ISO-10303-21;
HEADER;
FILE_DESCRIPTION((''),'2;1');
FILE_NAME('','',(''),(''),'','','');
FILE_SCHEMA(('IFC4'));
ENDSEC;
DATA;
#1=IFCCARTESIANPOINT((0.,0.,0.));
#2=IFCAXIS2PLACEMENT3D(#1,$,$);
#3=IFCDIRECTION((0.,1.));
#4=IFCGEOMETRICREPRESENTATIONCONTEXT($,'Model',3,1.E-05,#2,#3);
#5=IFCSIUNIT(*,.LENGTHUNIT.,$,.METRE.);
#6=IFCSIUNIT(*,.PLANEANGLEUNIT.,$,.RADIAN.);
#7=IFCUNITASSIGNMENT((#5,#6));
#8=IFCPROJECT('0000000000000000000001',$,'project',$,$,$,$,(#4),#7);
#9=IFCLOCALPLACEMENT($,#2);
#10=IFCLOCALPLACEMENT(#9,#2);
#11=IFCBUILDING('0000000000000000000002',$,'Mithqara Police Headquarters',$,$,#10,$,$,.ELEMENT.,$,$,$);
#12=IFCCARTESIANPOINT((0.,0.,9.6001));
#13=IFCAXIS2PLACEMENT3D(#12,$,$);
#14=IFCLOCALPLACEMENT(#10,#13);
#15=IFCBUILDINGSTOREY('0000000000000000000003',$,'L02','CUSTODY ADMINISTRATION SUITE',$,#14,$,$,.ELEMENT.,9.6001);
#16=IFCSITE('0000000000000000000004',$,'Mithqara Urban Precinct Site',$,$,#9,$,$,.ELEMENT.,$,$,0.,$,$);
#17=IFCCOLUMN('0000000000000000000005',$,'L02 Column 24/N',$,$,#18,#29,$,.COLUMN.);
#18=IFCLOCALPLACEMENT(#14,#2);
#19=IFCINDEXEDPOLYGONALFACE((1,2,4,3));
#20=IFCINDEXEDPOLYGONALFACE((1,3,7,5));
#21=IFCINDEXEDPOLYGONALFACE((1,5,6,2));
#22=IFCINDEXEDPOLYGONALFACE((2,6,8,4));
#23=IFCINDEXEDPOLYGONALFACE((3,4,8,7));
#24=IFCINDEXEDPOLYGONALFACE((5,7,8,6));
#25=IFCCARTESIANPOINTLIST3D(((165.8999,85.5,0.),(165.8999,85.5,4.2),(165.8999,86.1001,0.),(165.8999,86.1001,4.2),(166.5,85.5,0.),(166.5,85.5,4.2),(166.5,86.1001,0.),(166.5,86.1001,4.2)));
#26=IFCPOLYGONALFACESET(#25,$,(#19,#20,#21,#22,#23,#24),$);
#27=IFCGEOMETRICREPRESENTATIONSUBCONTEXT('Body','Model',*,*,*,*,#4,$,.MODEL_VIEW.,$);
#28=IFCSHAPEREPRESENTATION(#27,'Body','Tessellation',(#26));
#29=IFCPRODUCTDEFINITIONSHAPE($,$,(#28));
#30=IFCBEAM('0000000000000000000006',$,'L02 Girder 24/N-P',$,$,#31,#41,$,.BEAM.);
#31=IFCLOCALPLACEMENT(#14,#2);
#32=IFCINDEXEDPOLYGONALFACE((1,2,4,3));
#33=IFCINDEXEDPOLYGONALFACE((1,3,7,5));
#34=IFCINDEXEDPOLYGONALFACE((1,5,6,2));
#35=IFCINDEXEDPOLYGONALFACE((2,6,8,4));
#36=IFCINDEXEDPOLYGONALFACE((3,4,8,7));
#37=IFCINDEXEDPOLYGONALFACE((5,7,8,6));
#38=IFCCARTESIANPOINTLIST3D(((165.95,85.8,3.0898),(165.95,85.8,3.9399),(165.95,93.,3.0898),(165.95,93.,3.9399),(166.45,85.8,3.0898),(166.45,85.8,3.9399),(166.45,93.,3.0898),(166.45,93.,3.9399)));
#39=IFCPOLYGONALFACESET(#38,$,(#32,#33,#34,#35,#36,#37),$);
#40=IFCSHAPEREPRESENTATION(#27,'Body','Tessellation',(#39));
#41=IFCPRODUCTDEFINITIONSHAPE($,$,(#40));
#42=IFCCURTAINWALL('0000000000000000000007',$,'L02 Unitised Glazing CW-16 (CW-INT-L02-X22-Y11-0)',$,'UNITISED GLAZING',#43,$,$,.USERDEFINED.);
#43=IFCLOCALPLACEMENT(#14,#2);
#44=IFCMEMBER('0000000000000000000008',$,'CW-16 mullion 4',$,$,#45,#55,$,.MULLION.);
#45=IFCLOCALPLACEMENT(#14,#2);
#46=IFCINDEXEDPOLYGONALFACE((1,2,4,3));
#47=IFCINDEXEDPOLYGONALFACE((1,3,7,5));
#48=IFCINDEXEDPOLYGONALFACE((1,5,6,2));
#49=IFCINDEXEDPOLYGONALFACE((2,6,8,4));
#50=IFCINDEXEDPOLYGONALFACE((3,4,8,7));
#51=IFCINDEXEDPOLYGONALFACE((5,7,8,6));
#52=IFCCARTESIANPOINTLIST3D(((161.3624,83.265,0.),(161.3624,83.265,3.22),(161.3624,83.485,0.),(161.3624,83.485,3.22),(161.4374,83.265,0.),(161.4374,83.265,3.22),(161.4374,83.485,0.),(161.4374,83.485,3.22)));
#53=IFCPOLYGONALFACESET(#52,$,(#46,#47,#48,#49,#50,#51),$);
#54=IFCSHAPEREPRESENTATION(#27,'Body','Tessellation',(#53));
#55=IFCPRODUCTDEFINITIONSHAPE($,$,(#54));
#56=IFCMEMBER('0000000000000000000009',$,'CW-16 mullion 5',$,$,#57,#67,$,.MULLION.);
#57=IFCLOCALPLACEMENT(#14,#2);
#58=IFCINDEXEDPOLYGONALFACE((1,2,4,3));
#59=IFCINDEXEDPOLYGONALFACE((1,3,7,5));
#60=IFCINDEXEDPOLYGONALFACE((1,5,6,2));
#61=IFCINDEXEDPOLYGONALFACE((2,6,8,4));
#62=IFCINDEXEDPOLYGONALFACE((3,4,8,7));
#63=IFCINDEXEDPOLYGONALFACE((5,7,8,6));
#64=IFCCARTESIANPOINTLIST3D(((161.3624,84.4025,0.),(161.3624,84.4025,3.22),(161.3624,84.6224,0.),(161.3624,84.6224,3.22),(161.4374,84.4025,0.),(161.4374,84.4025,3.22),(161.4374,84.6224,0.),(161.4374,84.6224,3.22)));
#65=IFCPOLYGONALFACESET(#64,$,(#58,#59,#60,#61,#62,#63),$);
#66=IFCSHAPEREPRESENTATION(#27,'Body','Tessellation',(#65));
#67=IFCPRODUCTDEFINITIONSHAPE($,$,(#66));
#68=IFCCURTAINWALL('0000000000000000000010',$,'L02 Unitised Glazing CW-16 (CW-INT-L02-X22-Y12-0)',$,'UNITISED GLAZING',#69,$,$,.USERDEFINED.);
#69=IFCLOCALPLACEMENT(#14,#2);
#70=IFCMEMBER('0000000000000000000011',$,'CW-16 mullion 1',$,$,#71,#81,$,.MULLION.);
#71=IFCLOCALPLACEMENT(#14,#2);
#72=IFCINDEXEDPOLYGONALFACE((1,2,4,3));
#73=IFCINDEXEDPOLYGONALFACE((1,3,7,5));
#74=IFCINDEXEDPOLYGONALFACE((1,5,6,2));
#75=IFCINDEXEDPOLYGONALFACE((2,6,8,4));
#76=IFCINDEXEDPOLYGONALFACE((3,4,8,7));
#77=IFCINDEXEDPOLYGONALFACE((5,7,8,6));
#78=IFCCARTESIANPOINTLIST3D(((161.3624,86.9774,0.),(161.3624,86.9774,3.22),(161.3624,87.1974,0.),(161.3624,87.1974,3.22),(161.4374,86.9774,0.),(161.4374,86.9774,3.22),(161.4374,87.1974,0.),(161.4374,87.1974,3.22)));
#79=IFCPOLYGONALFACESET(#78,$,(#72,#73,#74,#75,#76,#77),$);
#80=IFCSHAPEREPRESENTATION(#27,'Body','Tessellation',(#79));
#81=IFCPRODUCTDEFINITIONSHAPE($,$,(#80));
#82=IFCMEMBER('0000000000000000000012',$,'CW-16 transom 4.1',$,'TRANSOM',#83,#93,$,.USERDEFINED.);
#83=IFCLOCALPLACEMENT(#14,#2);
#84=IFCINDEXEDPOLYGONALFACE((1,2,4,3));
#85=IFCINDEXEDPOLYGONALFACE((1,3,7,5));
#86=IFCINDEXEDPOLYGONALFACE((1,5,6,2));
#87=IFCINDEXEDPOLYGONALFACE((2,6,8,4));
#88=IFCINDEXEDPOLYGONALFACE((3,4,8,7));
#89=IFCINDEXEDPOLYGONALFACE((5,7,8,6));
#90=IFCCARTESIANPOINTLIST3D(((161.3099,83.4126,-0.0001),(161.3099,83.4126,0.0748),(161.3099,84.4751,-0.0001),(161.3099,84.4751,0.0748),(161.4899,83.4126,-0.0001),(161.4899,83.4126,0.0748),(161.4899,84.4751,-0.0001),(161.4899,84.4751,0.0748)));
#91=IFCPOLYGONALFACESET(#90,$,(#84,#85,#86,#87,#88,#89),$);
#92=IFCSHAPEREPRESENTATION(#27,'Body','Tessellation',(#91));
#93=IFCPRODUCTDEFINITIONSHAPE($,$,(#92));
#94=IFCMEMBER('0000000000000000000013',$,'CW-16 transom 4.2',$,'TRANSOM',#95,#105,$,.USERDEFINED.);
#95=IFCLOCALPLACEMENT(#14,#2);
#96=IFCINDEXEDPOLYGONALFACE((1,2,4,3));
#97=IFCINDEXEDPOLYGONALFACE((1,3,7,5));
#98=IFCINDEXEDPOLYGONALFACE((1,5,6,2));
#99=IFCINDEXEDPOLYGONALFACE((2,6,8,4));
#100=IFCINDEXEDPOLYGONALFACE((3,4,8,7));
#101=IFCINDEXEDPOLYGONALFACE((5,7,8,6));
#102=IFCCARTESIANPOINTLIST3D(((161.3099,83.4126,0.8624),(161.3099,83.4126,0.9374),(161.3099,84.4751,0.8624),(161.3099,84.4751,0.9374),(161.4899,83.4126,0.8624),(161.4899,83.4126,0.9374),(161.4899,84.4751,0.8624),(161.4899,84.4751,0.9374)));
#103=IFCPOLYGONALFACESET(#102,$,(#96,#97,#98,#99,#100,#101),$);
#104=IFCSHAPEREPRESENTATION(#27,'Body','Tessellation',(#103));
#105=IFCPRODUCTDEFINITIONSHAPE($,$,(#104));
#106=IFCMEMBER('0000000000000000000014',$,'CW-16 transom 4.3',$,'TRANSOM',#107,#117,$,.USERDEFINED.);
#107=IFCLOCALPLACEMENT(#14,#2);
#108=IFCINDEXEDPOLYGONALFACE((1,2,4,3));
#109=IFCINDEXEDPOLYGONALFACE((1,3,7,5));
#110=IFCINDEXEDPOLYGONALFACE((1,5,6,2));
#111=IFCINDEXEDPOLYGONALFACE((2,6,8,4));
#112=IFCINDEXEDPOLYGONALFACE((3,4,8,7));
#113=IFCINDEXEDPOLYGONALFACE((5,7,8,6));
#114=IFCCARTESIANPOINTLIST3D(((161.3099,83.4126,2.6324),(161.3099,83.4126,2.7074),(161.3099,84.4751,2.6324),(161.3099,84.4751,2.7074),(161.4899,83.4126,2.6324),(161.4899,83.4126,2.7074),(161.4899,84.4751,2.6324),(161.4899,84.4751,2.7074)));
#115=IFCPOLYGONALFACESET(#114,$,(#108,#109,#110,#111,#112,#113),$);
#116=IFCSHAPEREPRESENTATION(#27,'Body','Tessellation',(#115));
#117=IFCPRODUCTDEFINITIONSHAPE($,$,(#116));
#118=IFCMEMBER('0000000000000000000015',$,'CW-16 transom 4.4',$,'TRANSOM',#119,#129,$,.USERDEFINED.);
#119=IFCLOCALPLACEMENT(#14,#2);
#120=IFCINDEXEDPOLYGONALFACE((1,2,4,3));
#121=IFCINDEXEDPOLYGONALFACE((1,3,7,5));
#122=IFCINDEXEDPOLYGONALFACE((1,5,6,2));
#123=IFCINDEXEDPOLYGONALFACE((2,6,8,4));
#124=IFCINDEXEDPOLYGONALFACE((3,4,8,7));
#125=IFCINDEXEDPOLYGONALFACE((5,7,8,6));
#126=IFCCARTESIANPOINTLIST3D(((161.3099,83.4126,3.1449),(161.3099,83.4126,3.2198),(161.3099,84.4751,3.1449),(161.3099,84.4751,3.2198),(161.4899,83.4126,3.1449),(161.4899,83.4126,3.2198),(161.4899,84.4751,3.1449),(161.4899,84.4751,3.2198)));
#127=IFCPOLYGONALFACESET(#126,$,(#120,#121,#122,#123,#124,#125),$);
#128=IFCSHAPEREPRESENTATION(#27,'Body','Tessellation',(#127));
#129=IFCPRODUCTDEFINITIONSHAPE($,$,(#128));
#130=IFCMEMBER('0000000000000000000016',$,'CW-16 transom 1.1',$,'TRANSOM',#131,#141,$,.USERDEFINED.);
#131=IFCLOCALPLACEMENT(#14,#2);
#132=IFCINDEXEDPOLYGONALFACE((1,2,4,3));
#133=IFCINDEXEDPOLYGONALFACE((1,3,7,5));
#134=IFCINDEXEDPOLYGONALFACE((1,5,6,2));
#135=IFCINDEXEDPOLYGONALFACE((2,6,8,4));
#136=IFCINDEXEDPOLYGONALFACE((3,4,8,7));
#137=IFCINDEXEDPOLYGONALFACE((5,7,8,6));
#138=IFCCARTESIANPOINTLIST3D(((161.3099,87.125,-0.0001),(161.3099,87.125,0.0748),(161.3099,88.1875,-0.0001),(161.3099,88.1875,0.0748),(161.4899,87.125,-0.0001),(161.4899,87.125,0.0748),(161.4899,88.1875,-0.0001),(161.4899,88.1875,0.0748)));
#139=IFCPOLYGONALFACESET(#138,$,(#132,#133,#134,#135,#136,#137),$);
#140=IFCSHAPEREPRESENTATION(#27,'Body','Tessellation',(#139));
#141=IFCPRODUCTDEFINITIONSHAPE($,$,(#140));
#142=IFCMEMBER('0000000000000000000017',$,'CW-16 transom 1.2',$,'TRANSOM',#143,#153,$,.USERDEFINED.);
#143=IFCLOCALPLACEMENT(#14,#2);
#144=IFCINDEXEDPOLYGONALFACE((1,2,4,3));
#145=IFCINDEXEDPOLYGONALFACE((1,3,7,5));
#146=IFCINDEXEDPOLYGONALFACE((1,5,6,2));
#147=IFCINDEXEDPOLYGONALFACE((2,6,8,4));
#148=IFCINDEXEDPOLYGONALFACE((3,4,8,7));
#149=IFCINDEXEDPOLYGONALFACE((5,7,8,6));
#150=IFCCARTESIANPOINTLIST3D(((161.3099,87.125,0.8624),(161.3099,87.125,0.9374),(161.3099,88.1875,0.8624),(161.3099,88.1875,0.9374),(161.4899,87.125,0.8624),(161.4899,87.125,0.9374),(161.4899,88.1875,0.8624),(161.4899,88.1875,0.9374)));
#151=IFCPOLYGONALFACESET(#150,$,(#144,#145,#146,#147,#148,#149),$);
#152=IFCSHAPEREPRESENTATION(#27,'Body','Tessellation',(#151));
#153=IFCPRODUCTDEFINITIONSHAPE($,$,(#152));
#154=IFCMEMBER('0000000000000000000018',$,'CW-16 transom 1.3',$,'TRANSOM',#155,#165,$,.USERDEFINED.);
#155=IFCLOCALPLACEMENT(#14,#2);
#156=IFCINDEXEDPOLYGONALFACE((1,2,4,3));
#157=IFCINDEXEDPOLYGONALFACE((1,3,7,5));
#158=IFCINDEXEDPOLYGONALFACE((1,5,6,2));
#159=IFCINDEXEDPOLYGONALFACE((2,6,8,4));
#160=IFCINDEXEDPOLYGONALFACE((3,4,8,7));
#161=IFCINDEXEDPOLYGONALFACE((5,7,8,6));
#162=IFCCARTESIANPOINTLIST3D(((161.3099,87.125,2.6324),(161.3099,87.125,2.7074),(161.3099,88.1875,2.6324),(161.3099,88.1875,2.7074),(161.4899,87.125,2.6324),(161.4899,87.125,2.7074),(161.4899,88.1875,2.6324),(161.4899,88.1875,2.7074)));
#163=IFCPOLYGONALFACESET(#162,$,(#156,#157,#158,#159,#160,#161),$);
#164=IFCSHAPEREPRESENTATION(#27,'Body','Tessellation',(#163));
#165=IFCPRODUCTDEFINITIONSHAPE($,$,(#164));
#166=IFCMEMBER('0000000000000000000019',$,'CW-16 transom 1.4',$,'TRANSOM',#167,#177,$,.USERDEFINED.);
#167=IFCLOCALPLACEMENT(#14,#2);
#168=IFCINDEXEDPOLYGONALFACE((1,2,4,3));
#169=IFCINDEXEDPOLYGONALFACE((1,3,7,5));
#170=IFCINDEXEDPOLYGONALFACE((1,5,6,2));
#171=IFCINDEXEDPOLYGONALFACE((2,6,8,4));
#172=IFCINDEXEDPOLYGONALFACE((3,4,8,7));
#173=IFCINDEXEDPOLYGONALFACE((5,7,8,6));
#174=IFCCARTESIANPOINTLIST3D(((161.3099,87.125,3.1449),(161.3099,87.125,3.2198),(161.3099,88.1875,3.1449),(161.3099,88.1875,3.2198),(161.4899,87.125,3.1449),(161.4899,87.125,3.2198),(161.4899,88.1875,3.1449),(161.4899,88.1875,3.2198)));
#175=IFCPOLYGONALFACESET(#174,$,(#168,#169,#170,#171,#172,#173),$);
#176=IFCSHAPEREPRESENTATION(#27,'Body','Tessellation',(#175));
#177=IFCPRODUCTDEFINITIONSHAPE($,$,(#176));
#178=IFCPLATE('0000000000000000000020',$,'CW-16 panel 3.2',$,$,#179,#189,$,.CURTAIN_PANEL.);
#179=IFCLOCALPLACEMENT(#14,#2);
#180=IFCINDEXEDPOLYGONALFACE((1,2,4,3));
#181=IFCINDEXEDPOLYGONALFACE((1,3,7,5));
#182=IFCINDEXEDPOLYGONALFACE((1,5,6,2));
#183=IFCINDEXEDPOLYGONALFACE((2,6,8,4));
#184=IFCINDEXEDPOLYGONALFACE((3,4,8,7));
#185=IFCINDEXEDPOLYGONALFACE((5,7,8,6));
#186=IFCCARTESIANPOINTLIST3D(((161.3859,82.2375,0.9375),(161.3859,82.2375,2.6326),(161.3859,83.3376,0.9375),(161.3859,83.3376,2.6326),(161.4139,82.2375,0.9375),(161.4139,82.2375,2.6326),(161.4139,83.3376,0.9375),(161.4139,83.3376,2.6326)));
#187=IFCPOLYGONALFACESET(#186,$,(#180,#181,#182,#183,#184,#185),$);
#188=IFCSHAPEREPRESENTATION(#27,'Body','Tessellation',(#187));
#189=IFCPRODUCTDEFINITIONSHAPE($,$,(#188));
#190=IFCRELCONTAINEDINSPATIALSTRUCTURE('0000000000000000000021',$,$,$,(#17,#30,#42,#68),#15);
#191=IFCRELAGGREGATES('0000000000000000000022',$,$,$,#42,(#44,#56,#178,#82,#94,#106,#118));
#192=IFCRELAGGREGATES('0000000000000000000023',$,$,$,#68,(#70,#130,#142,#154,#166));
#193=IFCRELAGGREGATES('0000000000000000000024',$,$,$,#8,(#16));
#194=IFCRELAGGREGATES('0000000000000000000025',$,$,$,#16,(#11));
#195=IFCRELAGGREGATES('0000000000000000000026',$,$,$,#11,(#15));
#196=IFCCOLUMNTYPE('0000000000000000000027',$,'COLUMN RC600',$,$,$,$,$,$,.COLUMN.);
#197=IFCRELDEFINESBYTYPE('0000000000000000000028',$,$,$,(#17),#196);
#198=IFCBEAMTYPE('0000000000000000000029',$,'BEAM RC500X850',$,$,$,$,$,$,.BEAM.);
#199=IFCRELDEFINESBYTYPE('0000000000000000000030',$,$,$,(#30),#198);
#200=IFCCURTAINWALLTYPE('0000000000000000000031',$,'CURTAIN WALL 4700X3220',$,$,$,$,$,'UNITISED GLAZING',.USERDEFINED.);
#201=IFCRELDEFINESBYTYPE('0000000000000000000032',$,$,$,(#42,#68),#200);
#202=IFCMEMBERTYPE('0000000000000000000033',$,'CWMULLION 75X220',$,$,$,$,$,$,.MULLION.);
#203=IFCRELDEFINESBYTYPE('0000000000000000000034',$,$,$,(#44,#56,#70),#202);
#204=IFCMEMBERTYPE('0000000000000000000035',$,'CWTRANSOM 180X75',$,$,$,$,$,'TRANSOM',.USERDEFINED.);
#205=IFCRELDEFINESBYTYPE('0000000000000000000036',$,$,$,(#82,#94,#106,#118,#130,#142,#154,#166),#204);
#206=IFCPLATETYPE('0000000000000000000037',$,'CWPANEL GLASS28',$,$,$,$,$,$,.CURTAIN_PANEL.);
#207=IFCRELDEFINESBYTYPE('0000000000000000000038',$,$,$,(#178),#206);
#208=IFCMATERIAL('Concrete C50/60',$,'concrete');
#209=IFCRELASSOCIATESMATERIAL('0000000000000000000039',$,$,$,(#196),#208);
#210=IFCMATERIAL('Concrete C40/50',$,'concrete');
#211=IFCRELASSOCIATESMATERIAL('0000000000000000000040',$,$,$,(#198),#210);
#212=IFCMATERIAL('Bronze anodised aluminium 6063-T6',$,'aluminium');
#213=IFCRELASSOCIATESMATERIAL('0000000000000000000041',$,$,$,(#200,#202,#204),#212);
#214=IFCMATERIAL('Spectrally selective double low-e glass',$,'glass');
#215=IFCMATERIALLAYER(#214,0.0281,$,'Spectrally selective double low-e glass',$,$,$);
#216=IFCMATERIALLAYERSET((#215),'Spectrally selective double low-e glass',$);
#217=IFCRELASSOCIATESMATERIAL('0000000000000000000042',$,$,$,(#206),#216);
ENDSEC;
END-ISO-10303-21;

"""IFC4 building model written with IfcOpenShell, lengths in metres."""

from ifc_helpers import new_model, si_unit, direction, frame, origin, origin_2d, place, context, subcontext, project, spatial, rectangle, extrude, material, layer, layer_set, material_profile, profile_set, type_object, element, aggregate, save


model = new_model("IFC4")

# Units and contexts
model_context = context("Model", 3, precision=1e-05, world=origin(), true_north=direction((0.0, 1.0)))
body_context = subcontext(model_context, "Body", "Model", "MODEL_VIEW")
ifc_project = project(units=[si_unit("LENGTHUNIT", "METRE"), si_unit("PLANEANGLEUNIT", "RADIAN")], contexts=[model_context])

# Site, building, storey
site_placement = place(None, origin())
site = spatial("IfcSite", under=ifc_project, at=site_placement, Name="Mithqara Urban Precinct Site", CompositionType="ELEMENT", RefElevation=0.0)
building_placement = place(site_placement, origin())
building = spatial("IfcBuilding", under=site, at=building_placement, Name="Mithqara Police Headquarters", CompositionType="ELEMENT")
storey_placement = place(building_placement, frame((0.0, 0.0, 9.6001)))
storey = spatial("IfcBuildingStorey", under=building, at=storey_placement, Name="L02", Description="CUSTODY ADMINISTRATION SUITE", CompositionType="ELEMENT", Elevation=9.6001)

# Column
ifc_material_1 = material(Name="Concrete C50/60", Category="concrete")
ifc_material_profile_1 = material_profile(ifc_material_1, rectangle(XDim=0.6001, YDim=0.6001, at=origin_2d()), Name="RC 600x600")
ifc_profile_set_1 = profile_set([ifc_material_profile_1], Name="Concrete C50/60")
column_type = type_object("IfcColumnType", Name="COLUMN RC600", PredefinedType="COLUMN", material=ifc_profile_set_1)
column_placement = place(storey_placement, frame((166.2, 85.8, 0.0), z_axis=(0.0, 0.0, 1.0), x_axis=(1.0, 0.0, 0.0)))
element("IfcColumn", 1, at=column_placement, inside=storey, type_object=column_type, Name="L02 Column 24/N", PredefinedType="COLUMN", context=body_context, shape_type="SweptSolid", body=[
    extrude(rectangle(XDim=0.6001, YDim=0.6001, at=origin_2d()), origin(), (0.0, 0.0, 1.0), 4.2),
])

# Beam
ifc_material_2 = material(Name="Concrete C40/50", Category="concrete")
ifc_material_profile_2 = material_profile(ifc_material_2, rectangle(XDim=0.5, YDim=0.8501, at=origin_2d()), Name="RC 500x850")
ifc_profile_set_2 = profile_set([ifc_material_profile_2], Name="Concrete C40/50")
beam_type = type_object("IfcBeamType", Name="BEAM RC500X850", PredefinedType="BEAM", material=ifc_profile_set_2)
beam_placement = place(storey_placement, frame((166.2, 85.8, 3.5149), z_axis=(0.0, 1.0, 0.0), x_axis=(-1.0, 0.0, 0.0)))
element("IfcBeam", 2, at=beam_placement, inside=storey, type_object=beam_type, Name="L02 Girder 24/N-P", PredefinedType="BEAM", context=body_context, shape_type="SweptSolid", body=[
    extrude(rectangle(XDim=0.5, YDim=0.8501, at=origin_2d()), origin(), (0.0, 0.0, 1.0), 7.2),
])

# Curtain wall, members
ifc_material_3 = material(Name="Bronze anodised aluminium 6063-T6", Category="aluminium")
curtain_wall_type = type_object("IfcCurtainWallType", Name="CURTAIN WALL 4700X3220", ElementType="UNITISED GLAZING", PredefinedType="USERDEFINED", material=ifc_material_3)
curtain_wall_1_placement = place(storey_placement, origin())
curtain_wall_1 = element("IfcCurtainWall", 3, at=curtain_wall_1_placement, inside=storey, type_object=curtain_wall_type, Name="L02 Unitised Glazing CW-16 (CW-INT-L02-X22-Y11-0)", ObjectType="UNITISED GLAZING", PredefinedType="USERDEFINED")
ifc_material_profile_3 = material_profile(ifc_material_3, rectangle(XDim=0.075, YDim=0.22, at=origin_2d()), Name="CWM 75x220")
ifc_profile_set_3 = profile_set([ifc_material_profile_3], Name="Bronze anodised aluminium 6063-T6")
member_type_1 = type_object("IfcMemberType", Name="CWMULLION 75X220", PredefinedType="MULLION", material=ifc_profile_set_3)
member_1_placement = place(storey_placement, frame((161.3999, 83.375, 0.0), z_axis=(0.0, 0.0, 1.0), x_axis=(-1.0, 0.0, 0.0)))
member_1 = element("IfcMember", 4, at=member_1_placement, type_object=member_type_1, Name="CW-16 mullion 4", PredefinedType="MULLION", context=body_context, shape_type="SweptSolid", body=[
    extrude(rectangle(XDim=0.075, YDim=0.22, at=origin_2d()), origin(), (0.0, 0.0, 1.0), 3.22),
])
member_2_placement = place(storey_placement, frame((161.3999, 84.5125, 0.0), z_axis=(0.0, 0.0, 1.0), x_axis=(-1.0, 0.0, 0.0)))
member_2 = element("IfcMember", 5, at=member_2_placement, type_object=member_type_1, Name="CW-16 mullion 5", PredefinedType="MULLION", context=body_context, shape_type="SweptSolid", body=[
    extrude(rectangle(XDim=0.075, YDim=0.22, at=origin_2d()), origin(), (0.0, 0.0, 1.0), 3.22),
])

# Curtain wall, member
curtain_wall_2_placement = place(storey_placement, origin())
curtain_wall_2 = element("IfcCurtainWall", 6, at=curtain_wall_2_placement, inside=storey, type_object=curtain_wall_type, Name="L02 Unitised Glazing CW-16 (CW-INT-L02-X22-Y12-0)", ObjectType="UNITISED GLAZING", PredefinedType="USERDEFINED")
member_3_placement = place(storey_placement, frame((161.3999, 87.0874, 0.0), z_axis=(0.0, 0.0, 1.0), x_axis=(-1.0, 0.0, 0.0)))
member_3 = element("IfcMember", 7, at=member_3_placement, type_object=member_type_1, Name="CW-16 mullion 1", PredefinedType="MULLION", context=body_context, shape_type="SweptSolid", body=[
    extrude(rectangle(XDim=0.075, YDim=0.22, at=origin_2d()), origin(), (0.0, 0.0, 1.0), 3.22),
])

# Members
ifc_material_profile_4 = material_profile(ifc_material_3, rectangle(XDim=0.1799, YDim=0.075, at=origin_2d()), Name="CWT 180x75")
ifc_profile_set_4 = profile_set([ifc_material_profile_4], Name="Bronze anodised aluminium 6063-T6")
member_type_2 = type_object("IfcMemberType", Name="CWTRANSOM 180X75", ElementType="TRANSOM", PredefinedType="USERDEFINED", material=ifc_profile_set_4)
member_4_placement = place(storey_placement, frame((161.3999, 83.4126, 0.0374), z_axis=(0.0, 1.0, 0.0), x_axis=(-1.0, 0.0, 0.0)))
member_4 = element("IfcMember", 8, at=member_4_placement, type_object=member_type_2, Name="CW-16 transom 4.1", ObjectType="TRANSOM", PredefinedType="USERDEFINED", context=body_context, shape_type="SweptSolid", body=[
    extrude(rectangle(XDim=0.1799, YDim=0.075, at=origin_2d()), origin(), (0.0, 0.0, 1.0), 1.0625),
])
member_5_placement = place(storey_placement, frame((161.3999, 83.4126, 0.8999), z_axis=(0.0, 1.0, 0.0), x_axis=(-1.0, 0.0, 0.0)))
member_5 = element("IfcMember", 9, at=member_5_placement, type_object=member_type_2, Name="CW-16 transom 4.2", ObjectType="TRANSOM", PredefinedType="USERDEFINED", context=body_context, shape_type="SweptSolid", body=[
    extrude(rectangle(XDim=0.1799, YDim=0.075, at=origin_2d()), origin(), (0.0, 0.0, 1.0), 1.0625),
])
member_6_placement = place(storey_placement, frame((161.3999, 83.4126, 2.6699), z_axis=(0.0, 1.0, 0.0), x_axis=(-1.0, 0.0, 0.0)))
member_6 = element("IfcMember", 10, at=member_6_placement, type_object=member_type_2, Name="CW-16 transom 4.3", ObjectType="TRANSOM", PredefinedType="USERDEFINED", context=body_context, shape_type="SweptSolid", body=[
    extrude(rectangle(XDim=0.1799, YDim=0.075, at=origin_2d()), origin(), (0.0, 0.0, 1.0), 1.0625),
])
member_7_placement = place(storey_placement, frame((161.3999, 83.4126, 3.1824), z_axis=(0.0, 1.0, 0.0), x_axis=(-1.0, 0.0, 0.0)))
member_7 = element("IfcMember", 11, at=member_7_placement, type_object=member_type_2, Name="CW-16 transom 4.4", ObjectType="TRANSOM", PredefinedType="USERDEFINED", context=body_context, shape_type="SweptSolid", body=[
    extrude(rectangle(XDim=0.1799, YDim=0.075, at=origin_2d()), origin(), (0.0, 0.0, 1.0), 1.0625),
])
member_8_placement = place(storey_placement, frame((161.3999, 87.125, 0.0374), z_axis=(0.0, 1.0, 0.0), x_axis=(-1.0, 0.0, 0.0)))
member_8 = element("IfcMember", 12, at=member_8_placement, type_object=member_type_2, Name="CW-16 transom 1.1", ObjectType="TRANSOM", PredefinedType="USERDEFINED", context=body_context, shape_type="SweptSolid", body=[
    extrude(rectangle(XDim=0.1799, YDim=0.075, at=origin_2d()), origin(), (0.0, 0.0, 1.0), 1.0625),
])
member_9_placement = place(storey_placement, frame((161.3999, 87.125, 0.8999), z_axis=(0.0, 1.0, 0.0), x_axis=(-1.0, 0.0, 0.0)))
member_9 = element("IfcMember", 13, at=member_9_placement, type_object=member_type_2, Name="CW-16 transom 1.2", ObjectType="TRANSOM", PredefinedType="USERDEFINED", context=body_context, shape_type="SweptSolid", body=[
    extrude(rectangle(XDim=0.1799, YDim=0.075, at=origin_2d()), origin(), (0.0, 0.0, 1.0), 1.0625),
])
member_10_placement = place(storey_placement, frame((161.3999, 87.125, 2.6699), z_axis=(0.0, 1.0, 0.0), x_axis=(-1.0, 0.0, 0.0)))
member_10 = element("IfcMember", 14, at=member_10_placement, type_object=member_type_2, Name="CW-16 transom 1.3", ObjectType="TRANSOM", PredefinedType="USERDEFINED", context=body_context, shape_type="SweptSolid", body=[
    extrude(rectangle(XDim=0.1799, YDim=0.075, at=origin_2d()), origin(), (0.0, 0.0, 1.0), 1.0625),
])
member_11_placement = place(storey_placement, frame((161.3999, 87.125, 3.1824), z_axis=(0.0, 1.0, 0.0), x_axis=(-1.0, 0.0, 0.0)))
member_11 = element("IfcMember", 15, at=member_11_placement, type_object=member_type_2, Name="CW-16 transom 1.4", ObjectType="TRANSOM", PredefinedType="USERDEFINED", context=body_context, shape_type="SweptSolid", body=[
    extrude(rectangle(XDim=0.1799, YDim=0.075, at=origin_2d()), origin(), (0.0, 0.0, 1.0), 1.0625),
])

# Plate
ifc_material_4 = material(Name="Spectrally selective double low-e glass", Category="glass")
ifc_layer = layer(ifc_material_4, 0.0281, Name="Spectrally selective double low-e glass")
ifc_layer_set = layer_set([ifc_layer], Name="Spectrally selective double low-e glass")
plate_type = type_object("IfcPlateType", Name="CWPANEL GLASS28", PredefinedType="CURTAIN_PANEL", material=ifc_layer_set)
plate_1_placement = place(storey_placement, frame((161.3999, 82.7876, 0.9375), z_axis=(0.0, 0.0, 1.0), x_axis=(0.0, 1.0, 0.0)))
plate_1 = element("IfcPlate", 16, at=plate_1_placement, type_object=plate_type, Name="CW-16 panel 3.2", PredefinedType="CURTAIN_PANEL", context=body_context, shape_type="SweptSolid", body=[
    extrude(rectangle(XDim=1.1001, YDim=0.0281, at=origin_2d()), origin(), (0.0, 0.0, 1.0), 1.6951),
])
aggregate(curtain_wall_1, [member_1, member_2, plate_1, member_4, member_5, member_6, member_7])
aggregate(curtain_wall_2, [member_3, member_8, member_9, member_10, member_11])

save(model, "model.ifc")
